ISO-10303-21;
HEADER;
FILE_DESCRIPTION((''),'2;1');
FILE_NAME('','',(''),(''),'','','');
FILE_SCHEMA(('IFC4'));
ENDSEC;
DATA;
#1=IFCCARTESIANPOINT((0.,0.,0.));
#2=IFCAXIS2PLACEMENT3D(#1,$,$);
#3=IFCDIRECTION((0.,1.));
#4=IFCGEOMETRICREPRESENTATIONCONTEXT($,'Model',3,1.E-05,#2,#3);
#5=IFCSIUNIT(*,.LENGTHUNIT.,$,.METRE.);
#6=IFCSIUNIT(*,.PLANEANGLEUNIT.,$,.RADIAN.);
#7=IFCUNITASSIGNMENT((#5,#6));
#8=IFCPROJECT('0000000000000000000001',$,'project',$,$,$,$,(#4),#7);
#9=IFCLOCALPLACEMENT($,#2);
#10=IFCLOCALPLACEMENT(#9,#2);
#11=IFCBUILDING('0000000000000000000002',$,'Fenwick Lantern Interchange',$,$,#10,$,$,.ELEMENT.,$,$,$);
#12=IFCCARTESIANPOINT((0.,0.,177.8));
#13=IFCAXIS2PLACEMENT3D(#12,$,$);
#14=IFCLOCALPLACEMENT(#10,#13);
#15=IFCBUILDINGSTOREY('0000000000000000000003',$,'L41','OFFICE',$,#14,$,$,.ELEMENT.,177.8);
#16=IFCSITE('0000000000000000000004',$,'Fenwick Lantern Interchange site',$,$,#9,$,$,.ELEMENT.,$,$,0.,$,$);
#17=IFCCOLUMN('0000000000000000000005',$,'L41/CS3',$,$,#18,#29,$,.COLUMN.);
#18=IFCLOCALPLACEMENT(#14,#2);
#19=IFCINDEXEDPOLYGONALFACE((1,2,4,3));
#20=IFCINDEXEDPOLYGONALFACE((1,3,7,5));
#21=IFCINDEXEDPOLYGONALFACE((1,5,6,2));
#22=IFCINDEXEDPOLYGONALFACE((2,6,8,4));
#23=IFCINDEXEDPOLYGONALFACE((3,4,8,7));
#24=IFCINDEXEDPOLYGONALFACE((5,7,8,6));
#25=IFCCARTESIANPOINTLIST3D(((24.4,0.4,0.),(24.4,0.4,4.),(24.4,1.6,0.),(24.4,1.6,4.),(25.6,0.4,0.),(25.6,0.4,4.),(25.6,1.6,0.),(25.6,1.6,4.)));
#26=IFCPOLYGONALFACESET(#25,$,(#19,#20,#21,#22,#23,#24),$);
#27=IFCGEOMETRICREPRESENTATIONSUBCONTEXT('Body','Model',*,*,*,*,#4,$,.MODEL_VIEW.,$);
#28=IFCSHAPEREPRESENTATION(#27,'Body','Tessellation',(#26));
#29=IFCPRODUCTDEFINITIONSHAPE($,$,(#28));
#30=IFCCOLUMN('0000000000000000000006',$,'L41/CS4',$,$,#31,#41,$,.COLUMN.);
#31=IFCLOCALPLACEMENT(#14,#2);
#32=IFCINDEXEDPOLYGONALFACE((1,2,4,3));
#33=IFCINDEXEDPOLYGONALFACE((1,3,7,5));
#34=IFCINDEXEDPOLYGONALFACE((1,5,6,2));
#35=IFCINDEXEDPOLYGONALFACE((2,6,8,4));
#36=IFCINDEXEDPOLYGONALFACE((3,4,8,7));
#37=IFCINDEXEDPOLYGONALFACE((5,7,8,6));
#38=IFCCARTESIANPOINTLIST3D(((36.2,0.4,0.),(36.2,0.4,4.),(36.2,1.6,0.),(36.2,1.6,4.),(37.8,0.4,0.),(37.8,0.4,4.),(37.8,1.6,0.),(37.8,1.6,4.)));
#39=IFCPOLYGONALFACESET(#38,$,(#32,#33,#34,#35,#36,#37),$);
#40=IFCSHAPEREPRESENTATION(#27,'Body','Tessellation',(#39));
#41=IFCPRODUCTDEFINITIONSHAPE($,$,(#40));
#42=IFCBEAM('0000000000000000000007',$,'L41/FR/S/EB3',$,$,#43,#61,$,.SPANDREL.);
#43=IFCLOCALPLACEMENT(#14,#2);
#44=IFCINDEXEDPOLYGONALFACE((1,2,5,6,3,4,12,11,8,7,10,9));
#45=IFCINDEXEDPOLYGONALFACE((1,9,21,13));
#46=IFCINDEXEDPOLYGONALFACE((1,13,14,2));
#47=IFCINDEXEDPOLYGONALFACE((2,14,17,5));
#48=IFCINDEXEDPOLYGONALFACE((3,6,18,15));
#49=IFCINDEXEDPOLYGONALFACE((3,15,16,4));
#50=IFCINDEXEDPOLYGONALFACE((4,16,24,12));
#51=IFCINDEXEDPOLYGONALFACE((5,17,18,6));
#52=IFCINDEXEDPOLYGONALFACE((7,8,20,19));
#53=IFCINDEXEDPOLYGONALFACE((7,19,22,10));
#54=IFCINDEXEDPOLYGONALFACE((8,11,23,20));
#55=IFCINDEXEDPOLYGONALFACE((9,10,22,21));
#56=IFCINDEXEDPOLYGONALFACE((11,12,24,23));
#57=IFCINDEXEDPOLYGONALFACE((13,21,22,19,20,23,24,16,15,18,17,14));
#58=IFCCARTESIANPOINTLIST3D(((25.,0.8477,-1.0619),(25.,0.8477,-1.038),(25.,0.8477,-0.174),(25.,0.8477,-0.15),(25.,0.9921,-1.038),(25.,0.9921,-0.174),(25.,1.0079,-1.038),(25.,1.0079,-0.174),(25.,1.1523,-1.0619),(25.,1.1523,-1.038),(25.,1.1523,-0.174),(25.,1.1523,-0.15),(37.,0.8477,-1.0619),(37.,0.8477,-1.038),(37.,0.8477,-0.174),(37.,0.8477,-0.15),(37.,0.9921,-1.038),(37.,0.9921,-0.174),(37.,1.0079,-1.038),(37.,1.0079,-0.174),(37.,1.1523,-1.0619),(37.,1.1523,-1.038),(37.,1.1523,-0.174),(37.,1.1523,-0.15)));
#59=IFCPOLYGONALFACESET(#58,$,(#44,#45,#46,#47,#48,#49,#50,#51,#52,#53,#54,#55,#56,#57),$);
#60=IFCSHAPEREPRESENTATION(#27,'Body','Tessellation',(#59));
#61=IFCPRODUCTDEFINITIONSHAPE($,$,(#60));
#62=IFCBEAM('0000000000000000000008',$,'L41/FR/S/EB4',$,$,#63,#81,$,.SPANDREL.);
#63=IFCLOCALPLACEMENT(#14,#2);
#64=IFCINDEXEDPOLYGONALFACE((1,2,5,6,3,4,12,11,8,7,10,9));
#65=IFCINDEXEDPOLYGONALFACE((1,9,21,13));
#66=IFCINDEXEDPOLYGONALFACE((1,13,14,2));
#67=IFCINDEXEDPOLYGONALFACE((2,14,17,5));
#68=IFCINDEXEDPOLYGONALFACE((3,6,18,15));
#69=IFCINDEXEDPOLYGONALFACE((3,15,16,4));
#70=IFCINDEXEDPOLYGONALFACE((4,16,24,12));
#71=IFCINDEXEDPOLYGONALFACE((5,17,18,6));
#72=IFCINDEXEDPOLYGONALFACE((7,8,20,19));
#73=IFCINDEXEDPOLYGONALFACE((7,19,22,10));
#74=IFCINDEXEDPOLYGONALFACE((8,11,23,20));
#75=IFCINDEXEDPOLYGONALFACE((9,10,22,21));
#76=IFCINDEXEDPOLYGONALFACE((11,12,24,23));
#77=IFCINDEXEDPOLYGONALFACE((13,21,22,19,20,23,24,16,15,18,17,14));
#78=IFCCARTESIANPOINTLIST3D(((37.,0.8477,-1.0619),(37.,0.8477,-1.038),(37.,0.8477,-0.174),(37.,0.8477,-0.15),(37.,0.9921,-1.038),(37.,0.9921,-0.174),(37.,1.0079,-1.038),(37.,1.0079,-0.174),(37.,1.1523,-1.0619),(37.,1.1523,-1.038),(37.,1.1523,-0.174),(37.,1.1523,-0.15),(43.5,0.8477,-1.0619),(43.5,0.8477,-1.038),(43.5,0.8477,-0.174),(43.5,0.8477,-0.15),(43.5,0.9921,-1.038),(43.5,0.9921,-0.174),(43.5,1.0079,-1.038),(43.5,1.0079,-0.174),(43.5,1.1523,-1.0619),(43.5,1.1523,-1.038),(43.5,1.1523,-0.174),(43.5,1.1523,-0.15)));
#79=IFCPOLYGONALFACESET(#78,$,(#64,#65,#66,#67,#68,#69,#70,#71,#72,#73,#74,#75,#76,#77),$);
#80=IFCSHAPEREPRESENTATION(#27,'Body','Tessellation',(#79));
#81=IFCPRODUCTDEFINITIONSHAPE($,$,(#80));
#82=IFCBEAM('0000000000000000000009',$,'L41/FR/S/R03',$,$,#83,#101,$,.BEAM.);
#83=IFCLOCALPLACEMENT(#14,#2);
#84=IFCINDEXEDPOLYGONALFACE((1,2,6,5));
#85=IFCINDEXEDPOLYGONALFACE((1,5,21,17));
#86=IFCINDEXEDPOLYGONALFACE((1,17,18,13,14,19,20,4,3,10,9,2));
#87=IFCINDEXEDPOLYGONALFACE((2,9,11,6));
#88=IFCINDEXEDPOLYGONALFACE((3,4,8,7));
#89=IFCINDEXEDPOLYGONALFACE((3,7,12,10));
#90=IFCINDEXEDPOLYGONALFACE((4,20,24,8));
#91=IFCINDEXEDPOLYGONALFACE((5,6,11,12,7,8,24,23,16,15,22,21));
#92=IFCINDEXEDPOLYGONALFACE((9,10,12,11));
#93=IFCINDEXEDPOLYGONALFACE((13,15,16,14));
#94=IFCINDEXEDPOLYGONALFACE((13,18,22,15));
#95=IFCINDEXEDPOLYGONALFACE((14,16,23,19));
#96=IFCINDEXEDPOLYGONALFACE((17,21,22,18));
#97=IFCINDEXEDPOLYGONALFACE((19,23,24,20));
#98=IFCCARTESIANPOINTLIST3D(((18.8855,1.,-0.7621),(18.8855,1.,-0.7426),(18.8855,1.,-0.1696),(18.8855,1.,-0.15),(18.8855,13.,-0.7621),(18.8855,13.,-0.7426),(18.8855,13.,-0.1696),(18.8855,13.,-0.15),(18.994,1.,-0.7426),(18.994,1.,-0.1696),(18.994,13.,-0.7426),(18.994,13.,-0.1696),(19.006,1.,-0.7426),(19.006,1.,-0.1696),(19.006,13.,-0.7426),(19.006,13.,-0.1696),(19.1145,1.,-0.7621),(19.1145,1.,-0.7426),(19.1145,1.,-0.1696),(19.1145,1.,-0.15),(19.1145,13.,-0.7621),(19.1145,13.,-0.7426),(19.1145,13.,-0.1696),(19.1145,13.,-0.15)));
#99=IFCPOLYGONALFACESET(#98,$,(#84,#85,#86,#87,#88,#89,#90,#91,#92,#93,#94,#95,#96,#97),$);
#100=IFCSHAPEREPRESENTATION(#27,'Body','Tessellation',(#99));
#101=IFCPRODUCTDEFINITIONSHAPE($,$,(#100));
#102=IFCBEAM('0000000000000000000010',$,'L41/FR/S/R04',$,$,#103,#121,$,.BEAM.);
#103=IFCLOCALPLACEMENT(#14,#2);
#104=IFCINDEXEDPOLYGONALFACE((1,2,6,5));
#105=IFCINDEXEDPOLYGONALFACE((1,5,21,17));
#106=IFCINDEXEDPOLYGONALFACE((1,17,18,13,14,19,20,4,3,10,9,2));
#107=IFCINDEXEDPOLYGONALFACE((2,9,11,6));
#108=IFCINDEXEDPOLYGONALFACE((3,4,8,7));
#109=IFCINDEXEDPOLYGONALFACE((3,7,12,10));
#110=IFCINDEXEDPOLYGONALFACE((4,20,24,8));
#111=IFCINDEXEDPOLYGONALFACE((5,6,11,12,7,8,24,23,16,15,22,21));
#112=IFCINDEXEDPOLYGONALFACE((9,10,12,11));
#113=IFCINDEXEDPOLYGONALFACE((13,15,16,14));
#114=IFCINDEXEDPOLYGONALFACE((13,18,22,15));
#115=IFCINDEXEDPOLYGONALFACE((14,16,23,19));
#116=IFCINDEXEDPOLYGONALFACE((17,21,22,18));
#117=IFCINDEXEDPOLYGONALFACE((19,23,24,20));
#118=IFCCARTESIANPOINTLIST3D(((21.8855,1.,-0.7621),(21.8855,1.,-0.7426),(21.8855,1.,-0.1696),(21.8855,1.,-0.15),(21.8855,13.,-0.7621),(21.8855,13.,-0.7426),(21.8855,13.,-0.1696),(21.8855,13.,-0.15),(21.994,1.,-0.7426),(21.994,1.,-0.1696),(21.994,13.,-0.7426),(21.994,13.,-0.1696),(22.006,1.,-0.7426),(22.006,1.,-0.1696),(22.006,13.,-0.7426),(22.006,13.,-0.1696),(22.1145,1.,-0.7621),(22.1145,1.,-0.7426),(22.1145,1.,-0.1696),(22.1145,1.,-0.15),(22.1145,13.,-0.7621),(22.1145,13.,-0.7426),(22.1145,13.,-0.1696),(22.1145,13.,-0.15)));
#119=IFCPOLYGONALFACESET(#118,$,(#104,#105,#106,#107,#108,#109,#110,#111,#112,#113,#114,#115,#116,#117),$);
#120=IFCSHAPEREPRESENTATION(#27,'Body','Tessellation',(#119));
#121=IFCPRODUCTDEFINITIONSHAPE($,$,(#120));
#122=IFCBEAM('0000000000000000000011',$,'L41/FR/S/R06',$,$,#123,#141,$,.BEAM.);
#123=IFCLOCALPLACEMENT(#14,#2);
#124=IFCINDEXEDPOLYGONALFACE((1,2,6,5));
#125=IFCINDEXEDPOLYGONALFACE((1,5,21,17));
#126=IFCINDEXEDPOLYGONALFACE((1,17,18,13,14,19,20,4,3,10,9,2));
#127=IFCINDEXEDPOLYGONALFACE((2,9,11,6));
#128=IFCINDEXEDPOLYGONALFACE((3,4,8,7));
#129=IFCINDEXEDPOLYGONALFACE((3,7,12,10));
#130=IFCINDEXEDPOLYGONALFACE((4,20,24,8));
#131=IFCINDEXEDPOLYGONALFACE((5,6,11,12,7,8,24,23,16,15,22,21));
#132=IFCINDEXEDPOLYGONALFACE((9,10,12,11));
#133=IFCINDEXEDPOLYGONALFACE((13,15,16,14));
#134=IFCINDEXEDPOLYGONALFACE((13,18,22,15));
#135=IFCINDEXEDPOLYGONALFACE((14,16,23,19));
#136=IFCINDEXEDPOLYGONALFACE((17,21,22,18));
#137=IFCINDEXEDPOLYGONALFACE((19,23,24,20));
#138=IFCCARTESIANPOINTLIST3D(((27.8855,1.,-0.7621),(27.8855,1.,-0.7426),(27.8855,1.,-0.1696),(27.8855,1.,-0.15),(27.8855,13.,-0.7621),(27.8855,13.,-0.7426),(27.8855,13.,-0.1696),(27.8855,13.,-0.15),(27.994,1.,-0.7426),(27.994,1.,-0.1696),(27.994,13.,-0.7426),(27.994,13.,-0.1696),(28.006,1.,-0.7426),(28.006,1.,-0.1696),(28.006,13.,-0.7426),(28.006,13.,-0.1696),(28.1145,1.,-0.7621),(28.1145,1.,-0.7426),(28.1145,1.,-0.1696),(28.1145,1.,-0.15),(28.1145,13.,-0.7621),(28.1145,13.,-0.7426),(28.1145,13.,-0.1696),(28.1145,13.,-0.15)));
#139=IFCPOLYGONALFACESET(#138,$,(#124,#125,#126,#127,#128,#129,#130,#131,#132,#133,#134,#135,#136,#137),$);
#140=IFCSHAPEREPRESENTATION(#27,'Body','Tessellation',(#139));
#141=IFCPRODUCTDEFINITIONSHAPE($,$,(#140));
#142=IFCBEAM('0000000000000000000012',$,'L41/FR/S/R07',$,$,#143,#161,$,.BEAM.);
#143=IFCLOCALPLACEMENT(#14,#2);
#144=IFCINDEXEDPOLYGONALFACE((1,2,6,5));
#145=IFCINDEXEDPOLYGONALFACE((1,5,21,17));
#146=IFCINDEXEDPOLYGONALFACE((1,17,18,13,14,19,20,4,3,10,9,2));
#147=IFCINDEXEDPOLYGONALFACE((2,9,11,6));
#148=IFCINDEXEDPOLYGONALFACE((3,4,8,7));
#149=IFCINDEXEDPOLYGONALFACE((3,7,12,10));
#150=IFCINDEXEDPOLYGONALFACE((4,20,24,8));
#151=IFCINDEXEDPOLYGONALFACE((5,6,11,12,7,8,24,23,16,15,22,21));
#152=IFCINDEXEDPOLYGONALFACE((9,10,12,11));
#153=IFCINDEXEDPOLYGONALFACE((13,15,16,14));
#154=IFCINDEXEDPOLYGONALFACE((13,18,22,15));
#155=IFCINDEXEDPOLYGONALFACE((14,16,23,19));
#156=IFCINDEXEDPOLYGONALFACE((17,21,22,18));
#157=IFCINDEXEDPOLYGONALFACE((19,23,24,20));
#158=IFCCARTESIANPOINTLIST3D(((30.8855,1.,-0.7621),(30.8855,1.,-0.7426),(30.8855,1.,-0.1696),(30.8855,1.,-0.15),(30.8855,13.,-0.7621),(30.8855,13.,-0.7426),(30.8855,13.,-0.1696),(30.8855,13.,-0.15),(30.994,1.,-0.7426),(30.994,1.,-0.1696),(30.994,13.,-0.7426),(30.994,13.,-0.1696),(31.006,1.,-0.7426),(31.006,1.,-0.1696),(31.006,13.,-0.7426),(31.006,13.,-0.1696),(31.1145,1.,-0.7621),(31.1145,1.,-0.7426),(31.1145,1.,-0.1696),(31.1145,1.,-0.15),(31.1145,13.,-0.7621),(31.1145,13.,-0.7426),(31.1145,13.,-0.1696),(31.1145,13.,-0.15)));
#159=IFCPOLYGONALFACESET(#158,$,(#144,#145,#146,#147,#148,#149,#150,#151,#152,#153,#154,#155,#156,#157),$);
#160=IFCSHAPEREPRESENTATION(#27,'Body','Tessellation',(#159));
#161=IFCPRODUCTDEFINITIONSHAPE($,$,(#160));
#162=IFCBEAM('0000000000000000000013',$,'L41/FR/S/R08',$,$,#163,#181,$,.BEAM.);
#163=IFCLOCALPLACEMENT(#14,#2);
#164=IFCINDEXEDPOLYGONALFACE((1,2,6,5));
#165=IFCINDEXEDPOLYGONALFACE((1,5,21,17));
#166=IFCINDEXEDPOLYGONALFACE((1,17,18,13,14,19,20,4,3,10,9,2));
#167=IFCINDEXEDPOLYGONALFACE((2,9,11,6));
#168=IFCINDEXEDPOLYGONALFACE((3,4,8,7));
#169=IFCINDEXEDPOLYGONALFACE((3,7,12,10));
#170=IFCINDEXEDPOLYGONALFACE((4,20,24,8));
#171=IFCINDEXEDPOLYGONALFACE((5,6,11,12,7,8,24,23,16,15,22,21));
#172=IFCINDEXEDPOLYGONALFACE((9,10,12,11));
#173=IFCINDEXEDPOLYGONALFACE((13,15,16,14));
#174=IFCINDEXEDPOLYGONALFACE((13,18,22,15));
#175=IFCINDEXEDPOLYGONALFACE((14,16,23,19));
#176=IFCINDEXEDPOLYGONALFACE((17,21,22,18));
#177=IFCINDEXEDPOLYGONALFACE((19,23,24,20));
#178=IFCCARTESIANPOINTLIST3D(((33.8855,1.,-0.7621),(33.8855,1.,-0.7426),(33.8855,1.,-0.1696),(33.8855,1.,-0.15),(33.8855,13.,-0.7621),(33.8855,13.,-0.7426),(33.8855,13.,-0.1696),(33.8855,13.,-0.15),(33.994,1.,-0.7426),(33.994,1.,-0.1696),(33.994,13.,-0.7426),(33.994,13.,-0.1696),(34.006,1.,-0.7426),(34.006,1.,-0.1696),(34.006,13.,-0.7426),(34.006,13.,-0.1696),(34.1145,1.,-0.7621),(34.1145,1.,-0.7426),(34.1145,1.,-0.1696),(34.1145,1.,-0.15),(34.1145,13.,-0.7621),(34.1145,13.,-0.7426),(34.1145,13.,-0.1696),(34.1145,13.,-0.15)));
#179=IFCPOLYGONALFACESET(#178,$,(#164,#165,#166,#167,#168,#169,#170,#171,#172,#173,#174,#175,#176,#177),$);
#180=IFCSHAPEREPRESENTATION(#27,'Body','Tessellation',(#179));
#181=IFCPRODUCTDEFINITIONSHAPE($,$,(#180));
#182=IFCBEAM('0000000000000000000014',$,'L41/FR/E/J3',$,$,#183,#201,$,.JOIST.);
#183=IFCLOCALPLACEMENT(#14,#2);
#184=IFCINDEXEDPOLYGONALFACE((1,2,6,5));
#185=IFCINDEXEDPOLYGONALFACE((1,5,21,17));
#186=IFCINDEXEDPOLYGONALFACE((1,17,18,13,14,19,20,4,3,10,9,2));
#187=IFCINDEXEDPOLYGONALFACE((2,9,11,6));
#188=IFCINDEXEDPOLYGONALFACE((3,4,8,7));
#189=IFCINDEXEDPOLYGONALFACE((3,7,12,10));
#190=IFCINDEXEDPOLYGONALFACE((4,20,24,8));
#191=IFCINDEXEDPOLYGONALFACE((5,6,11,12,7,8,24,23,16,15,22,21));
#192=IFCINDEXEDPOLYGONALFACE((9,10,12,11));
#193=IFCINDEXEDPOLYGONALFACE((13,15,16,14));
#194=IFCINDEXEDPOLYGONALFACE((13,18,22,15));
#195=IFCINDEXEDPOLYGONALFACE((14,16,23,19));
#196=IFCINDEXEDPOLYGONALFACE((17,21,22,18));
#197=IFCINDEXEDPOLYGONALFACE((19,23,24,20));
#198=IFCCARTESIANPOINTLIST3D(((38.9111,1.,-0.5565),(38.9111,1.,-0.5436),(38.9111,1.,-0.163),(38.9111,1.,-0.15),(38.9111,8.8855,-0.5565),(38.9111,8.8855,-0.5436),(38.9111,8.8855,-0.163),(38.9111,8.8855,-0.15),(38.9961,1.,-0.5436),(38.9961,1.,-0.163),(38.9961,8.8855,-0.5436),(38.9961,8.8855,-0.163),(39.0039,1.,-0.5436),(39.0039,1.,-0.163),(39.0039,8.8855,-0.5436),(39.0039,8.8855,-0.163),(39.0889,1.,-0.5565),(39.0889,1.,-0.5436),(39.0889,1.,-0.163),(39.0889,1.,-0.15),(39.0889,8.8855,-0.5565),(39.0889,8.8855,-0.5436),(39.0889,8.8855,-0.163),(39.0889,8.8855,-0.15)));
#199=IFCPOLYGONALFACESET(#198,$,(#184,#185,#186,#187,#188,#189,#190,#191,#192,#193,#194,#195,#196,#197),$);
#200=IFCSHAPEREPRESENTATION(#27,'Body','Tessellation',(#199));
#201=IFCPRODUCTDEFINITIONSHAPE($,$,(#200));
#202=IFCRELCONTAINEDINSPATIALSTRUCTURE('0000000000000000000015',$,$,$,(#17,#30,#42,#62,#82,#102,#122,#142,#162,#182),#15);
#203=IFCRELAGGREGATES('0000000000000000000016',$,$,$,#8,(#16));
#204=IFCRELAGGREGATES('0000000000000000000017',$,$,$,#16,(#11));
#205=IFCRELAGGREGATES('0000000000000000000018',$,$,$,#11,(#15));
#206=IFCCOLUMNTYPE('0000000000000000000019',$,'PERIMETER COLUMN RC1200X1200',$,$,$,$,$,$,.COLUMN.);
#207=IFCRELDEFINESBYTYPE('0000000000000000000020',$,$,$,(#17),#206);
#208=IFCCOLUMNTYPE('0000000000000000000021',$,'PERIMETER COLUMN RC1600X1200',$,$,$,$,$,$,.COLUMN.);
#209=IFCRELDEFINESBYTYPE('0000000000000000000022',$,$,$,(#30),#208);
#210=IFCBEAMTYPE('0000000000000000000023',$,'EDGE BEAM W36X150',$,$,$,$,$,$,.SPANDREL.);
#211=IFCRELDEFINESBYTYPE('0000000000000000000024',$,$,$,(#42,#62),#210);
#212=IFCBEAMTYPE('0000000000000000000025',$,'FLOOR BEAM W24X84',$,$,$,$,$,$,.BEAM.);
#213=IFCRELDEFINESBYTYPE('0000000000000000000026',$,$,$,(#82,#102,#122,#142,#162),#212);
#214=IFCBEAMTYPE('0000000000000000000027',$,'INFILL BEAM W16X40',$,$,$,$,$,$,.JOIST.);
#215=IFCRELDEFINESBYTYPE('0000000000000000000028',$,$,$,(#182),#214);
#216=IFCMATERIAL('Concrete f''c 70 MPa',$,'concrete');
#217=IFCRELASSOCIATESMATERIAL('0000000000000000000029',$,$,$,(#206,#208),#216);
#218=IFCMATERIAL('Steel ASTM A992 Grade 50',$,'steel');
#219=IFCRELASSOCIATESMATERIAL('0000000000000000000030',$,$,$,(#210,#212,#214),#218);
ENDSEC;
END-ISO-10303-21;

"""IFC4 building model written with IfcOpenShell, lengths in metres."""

from ifc_helpers import new_model, si_unit, direction, frame, origin, origin_2d, place, context, subcontext, project, spatial, rectangle, i_section, extrude, material, material_profile, profile_set, type_object, element, save


model = new_model("IFC4")

# Units and contexts
model_context = context("Model", 3, precision=1e-05, world=origin(), true_north=direction((0.0, 1.0)))
body_context = subcontext(model_context, "Body", "Model", "MODEL_VIEW")
ifc_project = project(units=[si_unit("LENGTHUNIT", "METRE"), si_unit("PLANEANGLEUNIT", "RADIAN")], contexts=[model_context])

# Site, building, storey
site_placement = place(None, origin())
site = spatial("IfcSite", under=ifc_project, at=site_placement, Name="Fenwick Lantern Interchange site", CompositionType="ELEMENT", RefElevation=0.0)
building_placement = place(site_placement, origin())
building = spatial("IfcBuilding", under=site, at=building_placement, Name="Fenwick Lantern Interchange", CompositionType="ELEMENT")
storey_placement = place(building_placement, frame((0.0, 0.0, 177.8)))
storey = spatial("IfcBuildingStorey", under=building, at=storey_placement, Name="L41", Description="OFFICE", CompositionType="ELEMENT", Elevation=177.8)

# Columns
ifc_material_1 = material(Name="Concrete f'c 70 MPa", Category="concrete")
ifc_material_profile_1 = material_profile(ifc_material_1, rectangle(XDim=1.2, YDim=1.2, at=origin_2d()), Name="RC1200X1200")
ifc_profile_set_1 = profile_set([ifc_material_profile_1], Name="Concrete f'c 70 MPa")
column_type_1 = type_object("IfcColumnType", Name="PERIMETER COLUMN RC1200X1200", PredefinedType="COLUMN", material=ifc_profile_set_1)
column_1_placement = place(storey_placement, frame((25.0, 1.0, 0.0), z_axis=(0.0, 0.0, 1.0), x_axis=(1.0, 0.0, 0.0)))
element("IfcColumn", 1, at=column_1_placement, inside=storey, type_object=column_type_1, Name="L41/CS3", PredefinedType="COLUMN", context=body_context, shape_type="SweptSolid", body=[
    extrude(rectangle(XDim=1.2, YDim=1.2, at=origin_2d()), origin(), (0.0, 0.0, 1.0), 4.0),
])
ifc_material_profile_2 = material_profile(ifc_material_1, rectangle(XDim=1.6001, YDim=1.2, at=origin_2d()), Name="RC1600X1200")
ifc_profile_set_2 = profile_set([ifc_material_profile_2], Name="Concrete f'c 70 MPa")
column_type_2 = type_object("IfcColumnType", Name="PERIMETER COLUMN RC1600X1200", PredefinedType="COLUMN", material=ifc_profile_set_2)
column_2_placement = place(storey_placement, frame((37.0, 1.0, 0.0), z_axis=(0.0, 0.0, 1.0), x_axis=(1.0, 0.0, 0.0)))
element("IfcColumn", 2, at=column_2_placement, inside=storey, type_object=column_type_2, Name="L41/CS4", PredefinedType="COLUMN", context=body_context, shape_type="SweptSolid", body=[
    extrude(rectangle(XDim=1.6001, YDim=1.2, at=origin_2d()), origin(), (0.0, 0.0, 1.0), 4.0),
])

# Beams
ifc_material_2 = material(Name="Steel ASTM A992 Grade 50", Category="steel")
ifc_material_profile_3 = material_profile(ifc_material_2, i_section(OverallWidth=0.3047, OverallDepth=0.9119, WebThickness=0.0159, FlangeThickness=0.0239, at=origin_2d()), Name="W36X150")
ifc_profile_set_3 = profile_set([ifc_material_profile_3], Name="Steel ASTM A992 Grade 50")
beam_type_1 = type_object("IfcBeamType", Name="EDGE BEAM W36X150", PredefinedType="SPANDREL", material=ifc_profile_set_3)
beam_1_placement = place(storey_placement, frame((25.0, 1.0, -0.606), z_axis=(1.0, 0.0, 0.0), x_axis=(0.0, 1.0, 0.0)))
element("IfcBeam", 3, at=beam_1_placement, inside=storey, type_object=beam_type_1, Name="L41/FR/S/EB3", PredefinedType="SPANDREL", context=body_context, shape_type="SweptSolid", body=[
    extrude(i_section(OverallWidth=0.3047, OverallDepth=0.9119, WebThickness=0.0159, FlangeThickness=0.0239, at=origin_2d()), origin(), (0.0, 0.0, 1.0), 12.0),
])
beam_2_placement = place(storey_placement, frame((37.0, 1.0, -0.606), z_axis=(1.0, 0.0, 0.0), x_axis=(0.0, 1.0, 0.0)))
element("IfcBeam", 4, at=beam_2_placement, inside=storey, type_object=beam_type_1, Name="L41/FR/S/EB4", PredefinedType="SPANDREL", context=body_context, shape_type="SweptSolid", body=[
    extrude(i_section(OverallWidth=0.3047, OverallDepth=0.9119, WebThickness=0.0159, FlangeThickness=0.0239, at=origin_2d()), origin(), (0.0, 0.0, 1.0), 6.5),
])
ifc_material_profile_4 = material_profile(ifc_material_2, i_section(OverallWidth=0.229, OverallDepth=0.6121, WebThickness=0.012, FlangeThickness=0.0195, at=origin_2d()), Name="W24X84")
ifc_profile_set_4 = profile_set([ifc_material_profile_4], Name="Steel ASTM A992 Grade 50")
beam_type_2 = type_object("IfcBeamType", Name="FLOOR BEAM W24X84", PredefinedType="BEAM", material=ifc_profile_set_4)
for number, where, z_axis, x_axis, name in (
    (5, (19.0, 1.0, -0.4561), (0.0, 1.0, 0.0), (-1.0, 0.0, 0.0), "L41/FR/S/R03"),
    (6, (22.0, 1.0, -0.4561), (0.0, 1.0, 0.0), (-1.0, 0.0, 0.0), "L41/FR/S/R04"),
    (7, (28.0, 1.0, -0.4561), (0.0, 1.0, 0.0), (-1.0, 0.0, 0.0), "L41/FR/S/R06"),
    (8, (31.0, 1.0, -0.4561), (0.0, 1.0, 0.0), (-1.0, 0.0, 0.0), "L41/FR/S/R07"),
    (9, (34.0, 1.0, -0.4561), (0.0, 1.0, 0.0), (-1.0, 0.0, 0.0), "L41/FR/S/R08"),
):
    element("IfcBeam", number, at=place(storey_placement, frame(where, z_axis=z_axis, x_axis=x_axis)), inside=storey, type_object=beam_type_2, Name=name, PredefinedType="BEAM", context=body_context, shape_type="SweptSolid", body=[
        extrude(i_section(OverallWidth=0.229, OverallDepth=0.6121, WebThickness=0.012, FlangeThickness=0.0195, at=origin_2d()), origin(), (0.0, 0.0, 1.0), 12.0),
    ])
ifc_material_profile_5 = material_profile(ifc_material_2, i_section(OverallWidth=0.1777, OverallDepth=0.4065, WebThickness=0.0078, FlangeThickness=0.0129, at=origin_2d()), Name="W16X40")
ifc_profile_set_5 = profile_set([ifc_material_profile_5], Name="Steel ASTM A992 Grade 50")
beam_type_3 = type_object("IfcBeamType", Name="INFILL BEAM W16X40", PredefinedType="JOIST", material=ifc_profile_set_5)
beam_3_placement = place(storey_placement, frame((39.0, 1.0, -0.3533), z_axis=(0.0, 1.0, 0.0), x_axis=(-1.0, 0.0, 0.0)))
element("IfcBeam", 10, at=beam_3_placement, inside=storey, type_object=beam_type_3, Name="L41/FR/E/J3", PredefinedType="JOIST", context=body_context, shape_type="SweptSolid", body=[
    extrude(i_section(OverallWidth=0.1777, OverallDepth=0.4065, WebThickness=0.0078, FlangeThickness=0.0129, at=origin_2d()), origin(), (0.0, 0.0, 1.0), 7.8855),
])

save(model, "model.ifc")
